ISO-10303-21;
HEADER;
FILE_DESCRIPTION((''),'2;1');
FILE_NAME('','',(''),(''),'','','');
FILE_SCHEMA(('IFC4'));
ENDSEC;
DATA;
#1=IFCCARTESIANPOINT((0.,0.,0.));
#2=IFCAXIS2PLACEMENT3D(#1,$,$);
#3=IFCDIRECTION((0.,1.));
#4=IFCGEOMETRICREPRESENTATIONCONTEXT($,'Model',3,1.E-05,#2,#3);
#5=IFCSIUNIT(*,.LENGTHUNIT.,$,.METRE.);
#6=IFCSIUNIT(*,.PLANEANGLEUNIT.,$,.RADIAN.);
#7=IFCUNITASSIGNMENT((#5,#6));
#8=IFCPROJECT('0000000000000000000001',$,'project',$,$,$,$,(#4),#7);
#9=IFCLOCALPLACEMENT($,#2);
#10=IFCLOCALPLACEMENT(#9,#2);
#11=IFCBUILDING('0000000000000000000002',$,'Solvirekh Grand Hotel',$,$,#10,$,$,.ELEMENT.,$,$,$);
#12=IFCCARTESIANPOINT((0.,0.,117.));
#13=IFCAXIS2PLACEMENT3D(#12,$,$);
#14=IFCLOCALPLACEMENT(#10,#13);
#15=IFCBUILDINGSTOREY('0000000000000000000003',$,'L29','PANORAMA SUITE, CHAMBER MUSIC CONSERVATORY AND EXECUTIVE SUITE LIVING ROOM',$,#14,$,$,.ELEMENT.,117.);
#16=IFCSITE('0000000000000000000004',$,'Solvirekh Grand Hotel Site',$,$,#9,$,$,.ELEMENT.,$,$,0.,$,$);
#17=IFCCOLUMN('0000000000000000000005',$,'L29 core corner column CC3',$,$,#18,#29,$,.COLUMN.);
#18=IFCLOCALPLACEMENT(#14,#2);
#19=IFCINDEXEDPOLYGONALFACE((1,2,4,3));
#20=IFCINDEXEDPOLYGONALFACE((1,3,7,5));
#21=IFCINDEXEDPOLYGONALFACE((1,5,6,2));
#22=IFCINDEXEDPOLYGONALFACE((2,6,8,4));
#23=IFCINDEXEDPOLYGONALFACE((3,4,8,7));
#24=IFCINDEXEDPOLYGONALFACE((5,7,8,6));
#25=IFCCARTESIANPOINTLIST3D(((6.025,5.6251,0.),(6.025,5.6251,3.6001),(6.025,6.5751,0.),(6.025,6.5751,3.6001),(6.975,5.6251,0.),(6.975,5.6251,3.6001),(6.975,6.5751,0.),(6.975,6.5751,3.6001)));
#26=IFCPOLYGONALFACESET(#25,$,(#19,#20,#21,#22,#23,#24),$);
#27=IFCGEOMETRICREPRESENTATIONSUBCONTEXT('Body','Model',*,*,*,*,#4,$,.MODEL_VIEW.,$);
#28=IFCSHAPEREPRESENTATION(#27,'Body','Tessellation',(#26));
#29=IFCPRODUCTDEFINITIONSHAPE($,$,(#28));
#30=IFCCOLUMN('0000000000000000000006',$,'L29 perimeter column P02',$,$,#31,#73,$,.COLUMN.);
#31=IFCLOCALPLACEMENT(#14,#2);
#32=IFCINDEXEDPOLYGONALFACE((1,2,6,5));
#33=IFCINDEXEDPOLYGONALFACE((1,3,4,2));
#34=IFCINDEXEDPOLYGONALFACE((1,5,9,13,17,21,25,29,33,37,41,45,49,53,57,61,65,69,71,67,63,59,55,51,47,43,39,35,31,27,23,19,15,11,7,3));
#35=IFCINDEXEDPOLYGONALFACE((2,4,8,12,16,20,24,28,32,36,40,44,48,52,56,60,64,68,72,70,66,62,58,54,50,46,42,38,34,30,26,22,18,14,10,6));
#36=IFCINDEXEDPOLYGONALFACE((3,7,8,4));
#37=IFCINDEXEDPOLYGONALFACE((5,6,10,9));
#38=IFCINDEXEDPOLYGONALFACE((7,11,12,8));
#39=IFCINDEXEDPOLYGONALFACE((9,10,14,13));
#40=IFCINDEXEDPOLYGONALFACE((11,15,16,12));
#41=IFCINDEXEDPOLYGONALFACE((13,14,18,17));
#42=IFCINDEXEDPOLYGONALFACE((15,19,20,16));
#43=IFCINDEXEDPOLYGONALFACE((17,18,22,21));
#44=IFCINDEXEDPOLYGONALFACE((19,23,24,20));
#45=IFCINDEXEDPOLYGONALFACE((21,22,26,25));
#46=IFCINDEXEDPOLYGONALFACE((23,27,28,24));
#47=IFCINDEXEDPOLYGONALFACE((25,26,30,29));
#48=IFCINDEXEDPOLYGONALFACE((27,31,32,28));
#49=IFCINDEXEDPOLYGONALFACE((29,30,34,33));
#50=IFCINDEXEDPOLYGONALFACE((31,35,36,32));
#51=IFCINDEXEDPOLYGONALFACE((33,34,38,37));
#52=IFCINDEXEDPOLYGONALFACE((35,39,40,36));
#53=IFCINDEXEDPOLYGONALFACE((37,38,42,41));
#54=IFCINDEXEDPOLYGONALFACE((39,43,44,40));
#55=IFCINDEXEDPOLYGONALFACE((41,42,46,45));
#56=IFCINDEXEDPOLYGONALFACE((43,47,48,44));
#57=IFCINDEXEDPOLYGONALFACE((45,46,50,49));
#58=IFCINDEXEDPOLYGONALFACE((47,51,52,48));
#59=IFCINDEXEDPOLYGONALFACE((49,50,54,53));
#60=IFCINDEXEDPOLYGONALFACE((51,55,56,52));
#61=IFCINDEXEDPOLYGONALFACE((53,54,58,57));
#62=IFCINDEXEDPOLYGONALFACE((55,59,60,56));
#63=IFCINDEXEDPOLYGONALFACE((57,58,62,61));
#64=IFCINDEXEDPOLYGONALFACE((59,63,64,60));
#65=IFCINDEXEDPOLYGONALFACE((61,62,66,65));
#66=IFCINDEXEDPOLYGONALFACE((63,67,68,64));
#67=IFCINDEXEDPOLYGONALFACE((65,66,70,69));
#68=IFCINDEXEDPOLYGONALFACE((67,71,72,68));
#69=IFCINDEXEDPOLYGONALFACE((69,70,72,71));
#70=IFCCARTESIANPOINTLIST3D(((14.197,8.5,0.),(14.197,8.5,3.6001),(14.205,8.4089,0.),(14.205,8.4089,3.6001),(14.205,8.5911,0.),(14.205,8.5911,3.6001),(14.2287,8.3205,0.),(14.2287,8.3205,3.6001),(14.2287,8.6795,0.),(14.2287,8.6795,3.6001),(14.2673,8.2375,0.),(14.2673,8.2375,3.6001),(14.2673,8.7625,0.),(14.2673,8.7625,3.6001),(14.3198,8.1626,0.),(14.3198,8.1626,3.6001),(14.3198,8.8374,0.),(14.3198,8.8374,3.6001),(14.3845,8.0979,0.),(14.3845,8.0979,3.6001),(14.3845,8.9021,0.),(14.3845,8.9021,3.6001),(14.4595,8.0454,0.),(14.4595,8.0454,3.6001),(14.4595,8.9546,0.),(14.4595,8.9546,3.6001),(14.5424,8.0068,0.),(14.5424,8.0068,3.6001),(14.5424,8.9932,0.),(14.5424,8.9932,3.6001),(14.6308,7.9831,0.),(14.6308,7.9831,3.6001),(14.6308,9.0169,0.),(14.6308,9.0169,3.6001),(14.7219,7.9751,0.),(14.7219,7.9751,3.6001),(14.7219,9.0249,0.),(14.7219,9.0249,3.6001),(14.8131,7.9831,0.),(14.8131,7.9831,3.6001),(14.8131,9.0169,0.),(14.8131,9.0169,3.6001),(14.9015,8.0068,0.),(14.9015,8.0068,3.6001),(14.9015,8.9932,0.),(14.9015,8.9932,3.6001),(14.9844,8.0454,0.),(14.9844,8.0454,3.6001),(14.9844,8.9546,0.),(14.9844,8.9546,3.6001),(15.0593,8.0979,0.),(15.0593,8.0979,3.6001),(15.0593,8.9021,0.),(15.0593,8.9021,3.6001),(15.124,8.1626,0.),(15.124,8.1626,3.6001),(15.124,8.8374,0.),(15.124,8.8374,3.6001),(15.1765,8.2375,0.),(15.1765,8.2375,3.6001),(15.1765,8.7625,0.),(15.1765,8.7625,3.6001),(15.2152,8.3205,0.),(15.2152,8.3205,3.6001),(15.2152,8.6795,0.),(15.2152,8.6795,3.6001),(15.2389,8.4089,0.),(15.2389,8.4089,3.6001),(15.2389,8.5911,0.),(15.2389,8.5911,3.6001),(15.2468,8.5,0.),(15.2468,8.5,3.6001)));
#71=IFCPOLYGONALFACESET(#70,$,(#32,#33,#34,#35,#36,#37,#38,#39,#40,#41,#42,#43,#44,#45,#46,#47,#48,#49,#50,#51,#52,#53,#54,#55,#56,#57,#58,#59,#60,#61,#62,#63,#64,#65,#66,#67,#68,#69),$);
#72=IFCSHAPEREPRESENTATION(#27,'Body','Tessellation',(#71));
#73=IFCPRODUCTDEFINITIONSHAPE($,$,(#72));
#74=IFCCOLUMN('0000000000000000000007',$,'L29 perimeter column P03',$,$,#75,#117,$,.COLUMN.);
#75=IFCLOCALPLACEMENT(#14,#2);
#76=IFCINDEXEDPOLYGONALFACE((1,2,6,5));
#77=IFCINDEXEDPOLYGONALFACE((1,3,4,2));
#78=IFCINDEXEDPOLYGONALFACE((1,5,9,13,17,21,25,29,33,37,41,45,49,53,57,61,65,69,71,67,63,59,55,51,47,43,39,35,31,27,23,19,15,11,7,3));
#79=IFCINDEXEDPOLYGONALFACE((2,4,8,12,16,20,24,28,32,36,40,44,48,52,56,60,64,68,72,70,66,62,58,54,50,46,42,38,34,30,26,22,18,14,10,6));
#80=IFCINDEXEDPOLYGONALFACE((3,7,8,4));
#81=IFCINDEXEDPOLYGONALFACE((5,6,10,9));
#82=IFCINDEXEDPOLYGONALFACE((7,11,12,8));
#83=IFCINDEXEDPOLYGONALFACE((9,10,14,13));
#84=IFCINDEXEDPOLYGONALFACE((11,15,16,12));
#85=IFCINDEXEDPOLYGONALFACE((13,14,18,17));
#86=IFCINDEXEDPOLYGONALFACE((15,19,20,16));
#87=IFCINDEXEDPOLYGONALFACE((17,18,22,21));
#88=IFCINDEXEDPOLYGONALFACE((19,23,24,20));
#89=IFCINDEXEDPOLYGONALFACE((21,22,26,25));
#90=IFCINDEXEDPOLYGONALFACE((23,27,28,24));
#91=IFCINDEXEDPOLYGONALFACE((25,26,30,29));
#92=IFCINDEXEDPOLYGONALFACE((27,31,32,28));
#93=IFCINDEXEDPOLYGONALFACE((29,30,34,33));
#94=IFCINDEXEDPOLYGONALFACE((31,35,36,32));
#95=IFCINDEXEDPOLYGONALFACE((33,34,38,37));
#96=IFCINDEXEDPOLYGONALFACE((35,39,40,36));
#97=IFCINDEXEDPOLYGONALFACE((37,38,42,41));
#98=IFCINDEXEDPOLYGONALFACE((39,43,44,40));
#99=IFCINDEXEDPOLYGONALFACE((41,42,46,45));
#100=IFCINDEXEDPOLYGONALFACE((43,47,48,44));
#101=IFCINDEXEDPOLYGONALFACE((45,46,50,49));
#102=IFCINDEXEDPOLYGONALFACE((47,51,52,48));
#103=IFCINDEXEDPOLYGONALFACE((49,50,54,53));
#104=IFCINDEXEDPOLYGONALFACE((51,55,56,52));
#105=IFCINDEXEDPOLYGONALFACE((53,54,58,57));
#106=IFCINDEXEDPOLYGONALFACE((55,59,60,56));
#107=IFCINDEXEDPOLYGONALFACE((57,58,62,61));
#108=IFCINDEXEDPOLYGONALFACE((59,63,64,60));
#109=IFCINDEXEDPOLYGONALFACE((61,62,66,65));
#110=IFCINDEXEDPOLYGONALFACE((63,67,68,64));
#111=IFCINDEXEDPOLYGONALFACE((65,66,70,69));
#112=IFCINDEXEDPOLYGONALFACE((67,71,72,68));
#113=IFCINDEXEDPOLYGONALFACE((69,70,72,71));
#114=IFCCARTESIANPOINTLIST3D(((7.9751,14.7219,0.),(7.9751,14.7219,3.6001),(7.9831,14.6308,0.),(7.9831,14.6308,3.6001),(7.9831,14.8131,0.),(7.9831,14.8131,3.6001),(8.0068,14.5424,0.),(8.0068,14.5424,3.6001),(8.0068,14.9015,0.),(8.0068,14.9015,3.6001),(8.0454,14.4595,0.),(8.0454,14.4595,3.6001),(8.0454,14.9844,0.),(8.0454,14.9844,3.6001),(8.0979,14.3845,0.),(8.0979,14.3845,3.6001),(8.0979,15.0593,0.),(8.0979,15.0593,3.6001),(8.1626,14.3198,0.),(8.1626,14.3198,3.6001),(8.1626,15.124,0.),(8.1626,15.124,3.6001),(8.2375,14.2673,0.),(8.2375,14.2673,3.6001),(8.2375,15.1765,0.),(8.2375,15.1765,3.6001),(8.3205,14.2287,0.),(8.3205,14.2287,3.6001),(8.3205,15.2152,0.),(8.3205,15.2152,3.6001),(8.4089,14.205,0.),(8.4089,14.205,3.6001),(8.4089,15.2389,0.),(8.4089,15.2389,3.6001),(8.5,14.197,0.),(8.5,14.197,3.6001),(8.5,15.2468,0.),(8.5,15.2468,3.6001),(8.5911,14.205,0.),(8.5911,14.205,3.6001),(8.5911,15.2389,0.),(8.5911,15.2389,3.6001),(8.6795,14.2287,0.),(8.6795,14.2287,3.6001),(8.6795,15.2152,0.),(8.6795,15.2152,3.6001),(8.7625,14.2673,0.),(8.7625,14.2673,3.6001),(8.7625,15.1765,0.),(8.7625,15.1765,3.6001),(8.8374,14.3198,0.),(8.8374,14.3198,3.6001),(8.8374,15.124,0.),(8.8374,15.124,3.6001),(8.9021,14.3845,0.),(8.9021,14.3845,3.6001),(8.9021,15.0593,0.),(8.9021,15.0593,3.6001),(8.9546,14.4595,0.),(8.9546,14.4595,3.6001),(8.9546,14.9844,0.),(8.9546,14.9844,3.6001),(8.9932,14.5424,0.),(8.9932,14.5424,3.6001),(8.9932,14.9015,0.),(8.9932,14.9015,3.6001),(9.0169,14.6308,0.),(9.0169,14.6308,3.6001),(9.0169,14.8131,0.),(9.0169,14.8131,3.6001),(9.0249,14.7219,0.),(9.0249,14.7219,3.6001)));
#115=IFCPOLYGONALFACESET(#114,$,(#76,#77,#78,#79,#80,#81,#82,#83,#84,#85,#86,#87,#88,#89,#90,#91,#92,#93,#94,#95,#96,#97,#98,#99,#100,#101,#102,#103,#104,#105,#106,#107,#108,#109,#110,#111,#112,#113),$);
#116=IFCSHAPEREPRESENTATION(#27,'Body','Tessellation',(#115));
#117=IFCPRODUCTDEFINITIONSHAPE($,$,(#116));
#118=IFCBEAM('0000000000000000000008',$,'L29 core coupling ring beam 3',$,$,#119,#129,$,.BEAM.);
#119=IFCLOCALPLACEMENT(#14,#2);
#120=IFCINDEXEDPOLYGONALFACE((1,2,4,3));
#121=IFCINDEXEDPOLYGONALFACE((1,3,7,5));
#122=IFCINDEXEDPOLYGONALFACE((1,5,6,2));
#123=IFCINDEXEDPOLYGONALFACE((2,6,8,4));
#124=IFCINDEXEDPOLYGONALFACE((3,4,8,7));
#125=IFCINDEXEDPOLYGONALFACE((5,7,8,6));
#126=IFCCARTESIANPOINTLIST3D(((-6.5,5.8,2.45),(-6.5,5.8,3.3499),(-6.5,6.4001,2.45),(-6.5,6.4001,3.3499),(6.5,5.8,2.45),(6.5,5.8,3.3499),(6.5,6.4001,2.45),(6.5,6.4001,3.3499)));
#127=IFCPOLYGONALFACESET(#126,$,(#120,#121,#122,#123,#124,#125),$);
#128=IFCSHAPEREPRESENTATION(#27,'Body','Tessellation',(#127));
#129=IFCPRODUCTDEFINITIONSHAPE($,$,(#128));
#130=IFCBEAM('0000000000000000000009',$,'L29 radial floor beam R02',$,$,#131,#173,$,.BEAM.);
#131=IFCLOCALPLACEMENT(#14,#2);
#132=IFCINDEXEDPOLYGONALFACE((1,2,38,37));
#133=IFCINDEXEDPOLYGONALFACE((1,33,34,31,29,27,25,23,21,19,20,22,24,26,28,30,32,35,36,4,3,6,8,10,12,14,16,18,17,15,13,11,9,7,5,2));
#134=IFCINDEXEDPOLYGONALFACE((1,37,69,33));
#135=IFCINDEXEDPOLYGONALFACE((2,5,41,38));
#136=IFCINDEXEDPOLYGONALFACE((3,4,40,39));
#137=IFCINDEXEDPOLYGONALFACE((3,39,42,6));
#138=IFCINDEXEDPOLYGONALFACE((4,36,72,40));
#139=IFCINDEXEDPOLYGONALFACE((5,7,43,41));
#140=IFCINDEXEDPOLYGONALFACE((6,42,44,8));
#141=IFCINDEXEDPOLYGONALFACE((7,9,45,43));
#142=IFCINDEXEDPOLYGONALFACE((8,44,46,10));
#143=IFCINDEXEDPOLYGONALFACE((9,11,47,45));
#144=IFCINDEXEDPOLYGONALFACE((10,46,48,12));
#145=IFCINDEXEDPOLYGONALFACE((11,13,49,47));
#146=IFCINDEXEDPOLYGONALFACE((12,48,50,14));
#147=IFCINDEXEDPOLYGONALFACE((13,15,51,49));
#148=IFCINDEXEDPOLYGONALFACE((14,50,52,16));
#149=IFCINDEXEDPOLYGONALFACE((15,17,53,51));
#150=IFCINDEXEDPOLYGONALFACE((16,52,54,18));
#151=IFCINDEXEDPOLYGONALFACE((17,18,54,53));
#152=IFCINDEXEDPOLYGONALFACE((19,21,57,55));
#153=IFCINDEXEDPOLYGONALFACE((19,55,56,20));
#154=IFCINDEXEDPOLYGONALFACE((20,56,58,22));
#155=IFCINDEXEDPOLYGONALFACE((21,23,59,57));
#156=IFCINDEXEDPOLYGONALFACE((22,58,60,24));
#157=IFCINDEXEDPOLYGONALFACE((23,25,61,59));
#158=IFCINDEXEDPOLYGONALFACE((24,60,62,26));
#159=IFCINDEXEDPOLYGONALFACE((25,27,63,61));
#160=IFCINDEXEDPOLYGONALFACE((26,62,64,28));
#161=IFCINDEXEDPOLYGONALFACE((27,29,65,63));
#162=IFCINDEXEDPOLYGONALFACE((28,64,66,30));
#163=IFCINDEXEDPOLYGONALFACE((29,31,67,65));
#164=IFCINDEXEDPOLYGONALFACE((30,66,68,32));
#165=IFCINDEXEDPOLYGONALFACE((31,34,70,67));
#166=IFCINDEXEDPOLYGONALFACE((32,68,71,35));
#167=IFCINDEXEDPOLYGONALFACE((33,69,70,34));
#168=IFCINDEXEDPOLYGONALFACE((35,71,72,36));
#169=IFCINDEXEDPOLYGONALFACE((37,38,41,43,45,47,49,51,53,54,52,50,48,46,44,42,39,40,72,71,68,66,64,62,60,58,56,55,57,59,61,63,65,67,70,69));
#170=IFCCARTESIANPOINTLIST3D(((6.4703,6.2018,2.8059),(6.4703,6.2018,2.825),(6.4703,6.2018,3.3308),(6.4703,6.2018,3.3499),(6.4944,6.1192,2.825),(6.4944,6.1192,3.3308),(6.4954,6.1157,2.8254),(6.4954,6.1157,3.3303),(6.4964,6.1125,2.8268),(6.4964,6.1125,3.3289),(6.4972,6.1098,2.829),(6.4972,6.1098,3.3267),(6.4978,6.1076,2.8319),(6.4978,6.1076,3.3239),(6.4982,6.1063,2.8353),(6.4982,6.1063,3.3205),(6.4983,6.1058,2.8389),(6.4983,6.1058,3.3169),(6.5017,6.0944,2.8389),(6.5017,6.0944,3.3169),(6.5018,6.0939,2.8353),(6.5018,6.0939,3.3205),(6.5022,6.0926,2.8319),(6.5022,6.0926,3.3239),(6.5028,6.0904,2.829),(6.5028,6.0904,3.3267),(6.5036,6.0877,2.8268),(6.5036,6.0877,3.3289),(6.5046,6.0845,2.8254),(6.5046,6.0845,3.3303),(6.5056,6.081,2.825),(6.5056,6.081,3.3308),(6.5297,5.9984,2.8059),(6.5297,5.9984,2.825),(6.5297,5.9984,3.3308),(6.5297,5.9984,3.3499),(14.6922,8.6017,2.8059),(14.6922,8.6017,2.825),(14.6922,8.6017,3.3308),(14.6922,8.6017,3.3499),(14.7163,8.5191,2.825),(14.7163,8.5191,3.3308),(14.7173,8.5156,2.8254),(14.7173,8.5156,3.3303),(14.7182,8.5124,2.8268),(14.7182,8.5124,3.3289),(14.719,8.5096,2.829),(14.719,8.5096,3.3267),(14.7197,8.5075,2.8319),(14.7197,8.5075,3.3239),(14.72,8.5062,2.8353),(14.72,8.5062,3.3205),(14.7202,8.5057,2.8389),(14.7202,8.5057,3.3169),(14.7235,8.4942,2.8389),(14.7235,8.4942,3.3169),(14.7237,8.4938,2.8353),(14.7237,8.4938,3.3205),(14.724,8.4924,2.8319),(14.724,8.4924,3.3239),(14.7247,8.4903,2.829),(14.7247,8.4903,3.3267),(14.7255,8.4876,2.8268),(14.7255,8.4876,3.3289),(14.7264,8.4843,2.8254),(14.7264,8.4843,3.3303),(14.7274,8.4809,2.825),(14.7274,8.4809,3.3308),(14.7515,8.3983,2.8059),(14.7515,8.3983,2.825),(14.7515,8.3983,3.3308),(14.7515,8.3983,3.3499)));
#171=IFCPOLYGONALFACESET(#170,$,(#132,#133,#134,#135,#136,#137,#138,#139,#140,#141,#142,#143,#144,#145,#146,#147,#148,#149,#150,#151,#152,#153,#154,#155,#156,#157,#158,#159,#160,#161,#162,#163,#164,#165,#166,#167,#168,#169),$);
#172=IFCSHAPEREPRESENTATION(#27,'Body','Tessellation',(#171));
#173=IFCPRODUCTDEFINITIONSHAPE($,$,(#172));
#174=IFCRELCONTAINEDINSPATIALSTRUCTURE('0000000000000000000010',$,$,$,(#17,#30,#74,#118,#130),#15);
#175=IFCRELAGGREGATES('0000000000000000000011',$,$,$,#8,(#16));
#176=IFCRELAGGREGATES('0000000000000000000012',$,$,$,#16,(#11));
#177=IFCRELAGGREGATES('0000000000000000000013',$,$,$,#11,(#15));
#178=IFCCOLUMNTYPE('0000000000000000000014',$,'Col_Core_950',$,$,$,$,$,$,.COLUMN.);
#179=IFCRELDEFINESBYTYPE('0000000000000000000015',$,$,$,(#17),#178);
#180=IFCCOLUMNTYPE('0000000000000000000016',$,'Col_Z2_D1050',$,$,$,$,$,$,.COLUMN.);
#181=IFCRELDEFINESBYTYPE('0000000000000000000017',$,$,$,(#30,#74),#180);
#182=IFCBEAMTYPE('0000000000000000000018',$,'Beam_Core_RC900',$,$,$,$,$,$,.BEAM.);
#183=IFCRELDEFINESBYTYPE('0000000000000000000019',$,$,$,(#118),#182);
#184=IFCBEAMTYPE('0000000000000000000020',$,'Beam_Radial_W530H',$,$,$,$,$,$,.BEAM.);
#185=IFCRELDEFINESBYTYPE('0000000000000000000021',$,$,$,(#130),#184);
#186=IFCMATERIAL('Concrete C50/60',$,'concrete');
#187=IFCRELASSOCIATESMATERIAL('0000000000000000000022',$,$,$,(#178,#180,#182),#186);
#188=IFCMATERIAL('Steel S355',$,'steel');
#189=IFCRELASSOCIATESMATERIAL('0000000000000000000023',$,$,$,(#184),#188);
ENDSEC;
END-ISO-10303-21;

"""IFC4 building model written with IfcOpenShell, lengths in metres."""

from ifc_helpers import new_model, si_unit, direction, frame, origin, origin_2d, place, context, subcontext, project, spatial, rectangle, circle, i_section, extrude, material, material_profile, profile_set, type_object, element, save


model = new_model("IFC4")

# Units and contexts
model_context = context("Model", 3, precision=1e-05, world=origin(), true_north=direction((0.0, 1.0)))
body_context = subcontext(model_context, "Body", "Model", "MODEL_VIEW")
ifc_project = project(units=[si_unit("LENGTHUNIT", "METRE"), si_unit("PLANEANGLEUNIT", "RADIAN")], contexts=[model_context])

# Site, building, storey
site_placement = place(None, origin())
site = spatial("IfcSite", under=ifc_project, at=site_placement, Name="Solvirekh Grand Hotel Site", CompositionType="ELEMENT", RefElevation=0.0)
building_placement = place(site_placement, origin())
building = spatial("IfcBuilding", under=site, at=building_placement, Name="Solvirekh Grand Hotel", CompositionType="ELEMENT")
storey_placement = place(building_placement, frame((0.0, 0.0, 117.0)))
storey = spatial("IfcBuildingStorey", under=building, at=storey_placement, Name="L29", Description="PANORAMA SUITE, CHAMBER MUSIC CONSERVATORY AND EXECUTIVE SUITE LIVING ROOM", CompositionType="ELEMENT", Elevation=117.0)

# Columns
ifc_material_1 = material(Name="Concrete C50/60", Category="concrete")
ifc_material_profile_1 = material_profile(ifc_material_1, rectangle(XDim=0.95, YDim=0.95, at=origin_2d()), Name="RC 950X950")
ifc_profile_set_1 = profile_set([ifc_material_profile_1], Name="Concrete C50/60")
column_type_1 = type_object("IfcColumnType", Name="Col_Core_950", PredefinedType="COLUMN", material=ifc_profile_set_1)
column_placement = place(storey_placement, frame((6.5, 6.1001, 0.0), z_axis=(0.0, 0.0, 1.0), x_axis=(1.0, 0.0, 0.0)))
element("IfcColumn", 1, at=column_placement, inside=storey, type_object=column_type_1, Name="L29 core corner column CC3", PredefinedType="COLUMN", context=body_context, shape_type="SweptSolid", body=[
    extrude(rectangle(XDim=0.95, YDim=0.95, at=origin_2d()), origin(), (0.0, 0.0, 1.0), 3.6001),
])
ifc_material_profile_2 = material_profile(ifc_material_1, circle(Radius=0.5249, at=origin_2d()), Name="RC CIRC D1050")
ifc_profile_set_2 = profile_set([ifc_material_profile_2], Name="Concrete C50/60")
column_type_2 = type_object("IfcColumnType", Name="Col_Z2_D1050", PredefinedType="COLUMN", material=ifc_profile_set_2)
for number, where, z_axis, x_axis, name in (
    (2, (14.7219, 8.5, 0.0), (0.0, 0.0, 1.0), (1.0, 0.0, 0.0), "L29 perimeter column P02"),
    (3, (8.5, 14.7219, 0.0), (0.0, 0.0, 1.0), (1.0, 0.0, 0.0), "L29 perimeter column P03"),
):
    element("IfcColumn", number, at=place(storey_placement, frame(where, z_axis=z_axis, x_axis=x_axis)), inside=storey, type_object=column_type_2, Name=name, PredefinedType="COLUMN", context=body_context, shape_type="SweptSolid", body=[
        extrude(circle(Radius=0.5249, at=origin_2d()), origin(), (0.0, 0.0, 1.0), 3.6001),
    ])

# Beams
ifc_material_profile_3 = material_profile(ifc_material_1, rectangle(XDim=0.6001, YDim=0.8999, at=origin_2d()), Name="RC BEAM 600X900")
ifc_profile_set_3 = profile_set([ifc_material_profile_3], Name="Concrete C50/60")
beam_type_1 = type_object("IfcBeamType", Name="Beam_Core_RC900", PredefinedType="BEAM", material=ifc_profile_set_3)
beam_1_placement = place(storey_placement, frame((6.5, 6.1001, 2.8999), z_axis=(-1.0, 0.0, 0.0), x_axis=(0.0, -1.0, 0.0)))
element("IfcBeam", 4, at=beam_1_placement, inside=storey, type_object=beam_type_1, Name="L29 core coupling ring beam 3", PredefinedType="BEAM", context=body_context, shape_type="SweptSolid", body=[
    extrude(rectangle(XDim=0.6001, YDim=0.8999, at=origin_2d()), origin(), (0.0, 0.0, 1.0), 13.0),
])
ifc_material_2 = material(Name="Steel S355", Category="steel")
ifc_material_profile_4 = material_profile(ifc_material_2, i_section(OverallWidth=0.2119, OverallDepth=0.5439, WebThickness=0.012, FlangeThickness=0.019, FilletRadius=0.0139, at=origin_2d()), Name="W530X123")
ifc_profile_set_4 = profile_set([ifc_material_profile_4], Name="Steel S355")
beam_type_2 = type_object("IfcBeamType", Name="Beam_Radial_W530H", PredefinedType="BEAM", material=ifc_profile_set_4)
beam_2_placement = place(storey_placement, frame((6.5, 6.1001, 3.0779), z_axis=(0.959942, 0.280198, 0.0), x_axis=(-0.280198, 0.959942, 0.0)))
element("IfcBeam", 5, at=beam_2_placement, inside=storey, type_object=beam_type_2, Name="L29 radial floor beam R02", PredefinedType="BEAM", context=body_context, shape_type="SweptSolid", body=[
    extrude(i_section(OverallWidth=0.2119, OverallDepth=0.5439, WebThickness=0.012, FlangeThickness=0.019, FilletRadius=0.0139, at=origin_2d()), origin(), (0.0, 0.0, 1.0), 8.5649),
])

save(model, "model.ifc")
